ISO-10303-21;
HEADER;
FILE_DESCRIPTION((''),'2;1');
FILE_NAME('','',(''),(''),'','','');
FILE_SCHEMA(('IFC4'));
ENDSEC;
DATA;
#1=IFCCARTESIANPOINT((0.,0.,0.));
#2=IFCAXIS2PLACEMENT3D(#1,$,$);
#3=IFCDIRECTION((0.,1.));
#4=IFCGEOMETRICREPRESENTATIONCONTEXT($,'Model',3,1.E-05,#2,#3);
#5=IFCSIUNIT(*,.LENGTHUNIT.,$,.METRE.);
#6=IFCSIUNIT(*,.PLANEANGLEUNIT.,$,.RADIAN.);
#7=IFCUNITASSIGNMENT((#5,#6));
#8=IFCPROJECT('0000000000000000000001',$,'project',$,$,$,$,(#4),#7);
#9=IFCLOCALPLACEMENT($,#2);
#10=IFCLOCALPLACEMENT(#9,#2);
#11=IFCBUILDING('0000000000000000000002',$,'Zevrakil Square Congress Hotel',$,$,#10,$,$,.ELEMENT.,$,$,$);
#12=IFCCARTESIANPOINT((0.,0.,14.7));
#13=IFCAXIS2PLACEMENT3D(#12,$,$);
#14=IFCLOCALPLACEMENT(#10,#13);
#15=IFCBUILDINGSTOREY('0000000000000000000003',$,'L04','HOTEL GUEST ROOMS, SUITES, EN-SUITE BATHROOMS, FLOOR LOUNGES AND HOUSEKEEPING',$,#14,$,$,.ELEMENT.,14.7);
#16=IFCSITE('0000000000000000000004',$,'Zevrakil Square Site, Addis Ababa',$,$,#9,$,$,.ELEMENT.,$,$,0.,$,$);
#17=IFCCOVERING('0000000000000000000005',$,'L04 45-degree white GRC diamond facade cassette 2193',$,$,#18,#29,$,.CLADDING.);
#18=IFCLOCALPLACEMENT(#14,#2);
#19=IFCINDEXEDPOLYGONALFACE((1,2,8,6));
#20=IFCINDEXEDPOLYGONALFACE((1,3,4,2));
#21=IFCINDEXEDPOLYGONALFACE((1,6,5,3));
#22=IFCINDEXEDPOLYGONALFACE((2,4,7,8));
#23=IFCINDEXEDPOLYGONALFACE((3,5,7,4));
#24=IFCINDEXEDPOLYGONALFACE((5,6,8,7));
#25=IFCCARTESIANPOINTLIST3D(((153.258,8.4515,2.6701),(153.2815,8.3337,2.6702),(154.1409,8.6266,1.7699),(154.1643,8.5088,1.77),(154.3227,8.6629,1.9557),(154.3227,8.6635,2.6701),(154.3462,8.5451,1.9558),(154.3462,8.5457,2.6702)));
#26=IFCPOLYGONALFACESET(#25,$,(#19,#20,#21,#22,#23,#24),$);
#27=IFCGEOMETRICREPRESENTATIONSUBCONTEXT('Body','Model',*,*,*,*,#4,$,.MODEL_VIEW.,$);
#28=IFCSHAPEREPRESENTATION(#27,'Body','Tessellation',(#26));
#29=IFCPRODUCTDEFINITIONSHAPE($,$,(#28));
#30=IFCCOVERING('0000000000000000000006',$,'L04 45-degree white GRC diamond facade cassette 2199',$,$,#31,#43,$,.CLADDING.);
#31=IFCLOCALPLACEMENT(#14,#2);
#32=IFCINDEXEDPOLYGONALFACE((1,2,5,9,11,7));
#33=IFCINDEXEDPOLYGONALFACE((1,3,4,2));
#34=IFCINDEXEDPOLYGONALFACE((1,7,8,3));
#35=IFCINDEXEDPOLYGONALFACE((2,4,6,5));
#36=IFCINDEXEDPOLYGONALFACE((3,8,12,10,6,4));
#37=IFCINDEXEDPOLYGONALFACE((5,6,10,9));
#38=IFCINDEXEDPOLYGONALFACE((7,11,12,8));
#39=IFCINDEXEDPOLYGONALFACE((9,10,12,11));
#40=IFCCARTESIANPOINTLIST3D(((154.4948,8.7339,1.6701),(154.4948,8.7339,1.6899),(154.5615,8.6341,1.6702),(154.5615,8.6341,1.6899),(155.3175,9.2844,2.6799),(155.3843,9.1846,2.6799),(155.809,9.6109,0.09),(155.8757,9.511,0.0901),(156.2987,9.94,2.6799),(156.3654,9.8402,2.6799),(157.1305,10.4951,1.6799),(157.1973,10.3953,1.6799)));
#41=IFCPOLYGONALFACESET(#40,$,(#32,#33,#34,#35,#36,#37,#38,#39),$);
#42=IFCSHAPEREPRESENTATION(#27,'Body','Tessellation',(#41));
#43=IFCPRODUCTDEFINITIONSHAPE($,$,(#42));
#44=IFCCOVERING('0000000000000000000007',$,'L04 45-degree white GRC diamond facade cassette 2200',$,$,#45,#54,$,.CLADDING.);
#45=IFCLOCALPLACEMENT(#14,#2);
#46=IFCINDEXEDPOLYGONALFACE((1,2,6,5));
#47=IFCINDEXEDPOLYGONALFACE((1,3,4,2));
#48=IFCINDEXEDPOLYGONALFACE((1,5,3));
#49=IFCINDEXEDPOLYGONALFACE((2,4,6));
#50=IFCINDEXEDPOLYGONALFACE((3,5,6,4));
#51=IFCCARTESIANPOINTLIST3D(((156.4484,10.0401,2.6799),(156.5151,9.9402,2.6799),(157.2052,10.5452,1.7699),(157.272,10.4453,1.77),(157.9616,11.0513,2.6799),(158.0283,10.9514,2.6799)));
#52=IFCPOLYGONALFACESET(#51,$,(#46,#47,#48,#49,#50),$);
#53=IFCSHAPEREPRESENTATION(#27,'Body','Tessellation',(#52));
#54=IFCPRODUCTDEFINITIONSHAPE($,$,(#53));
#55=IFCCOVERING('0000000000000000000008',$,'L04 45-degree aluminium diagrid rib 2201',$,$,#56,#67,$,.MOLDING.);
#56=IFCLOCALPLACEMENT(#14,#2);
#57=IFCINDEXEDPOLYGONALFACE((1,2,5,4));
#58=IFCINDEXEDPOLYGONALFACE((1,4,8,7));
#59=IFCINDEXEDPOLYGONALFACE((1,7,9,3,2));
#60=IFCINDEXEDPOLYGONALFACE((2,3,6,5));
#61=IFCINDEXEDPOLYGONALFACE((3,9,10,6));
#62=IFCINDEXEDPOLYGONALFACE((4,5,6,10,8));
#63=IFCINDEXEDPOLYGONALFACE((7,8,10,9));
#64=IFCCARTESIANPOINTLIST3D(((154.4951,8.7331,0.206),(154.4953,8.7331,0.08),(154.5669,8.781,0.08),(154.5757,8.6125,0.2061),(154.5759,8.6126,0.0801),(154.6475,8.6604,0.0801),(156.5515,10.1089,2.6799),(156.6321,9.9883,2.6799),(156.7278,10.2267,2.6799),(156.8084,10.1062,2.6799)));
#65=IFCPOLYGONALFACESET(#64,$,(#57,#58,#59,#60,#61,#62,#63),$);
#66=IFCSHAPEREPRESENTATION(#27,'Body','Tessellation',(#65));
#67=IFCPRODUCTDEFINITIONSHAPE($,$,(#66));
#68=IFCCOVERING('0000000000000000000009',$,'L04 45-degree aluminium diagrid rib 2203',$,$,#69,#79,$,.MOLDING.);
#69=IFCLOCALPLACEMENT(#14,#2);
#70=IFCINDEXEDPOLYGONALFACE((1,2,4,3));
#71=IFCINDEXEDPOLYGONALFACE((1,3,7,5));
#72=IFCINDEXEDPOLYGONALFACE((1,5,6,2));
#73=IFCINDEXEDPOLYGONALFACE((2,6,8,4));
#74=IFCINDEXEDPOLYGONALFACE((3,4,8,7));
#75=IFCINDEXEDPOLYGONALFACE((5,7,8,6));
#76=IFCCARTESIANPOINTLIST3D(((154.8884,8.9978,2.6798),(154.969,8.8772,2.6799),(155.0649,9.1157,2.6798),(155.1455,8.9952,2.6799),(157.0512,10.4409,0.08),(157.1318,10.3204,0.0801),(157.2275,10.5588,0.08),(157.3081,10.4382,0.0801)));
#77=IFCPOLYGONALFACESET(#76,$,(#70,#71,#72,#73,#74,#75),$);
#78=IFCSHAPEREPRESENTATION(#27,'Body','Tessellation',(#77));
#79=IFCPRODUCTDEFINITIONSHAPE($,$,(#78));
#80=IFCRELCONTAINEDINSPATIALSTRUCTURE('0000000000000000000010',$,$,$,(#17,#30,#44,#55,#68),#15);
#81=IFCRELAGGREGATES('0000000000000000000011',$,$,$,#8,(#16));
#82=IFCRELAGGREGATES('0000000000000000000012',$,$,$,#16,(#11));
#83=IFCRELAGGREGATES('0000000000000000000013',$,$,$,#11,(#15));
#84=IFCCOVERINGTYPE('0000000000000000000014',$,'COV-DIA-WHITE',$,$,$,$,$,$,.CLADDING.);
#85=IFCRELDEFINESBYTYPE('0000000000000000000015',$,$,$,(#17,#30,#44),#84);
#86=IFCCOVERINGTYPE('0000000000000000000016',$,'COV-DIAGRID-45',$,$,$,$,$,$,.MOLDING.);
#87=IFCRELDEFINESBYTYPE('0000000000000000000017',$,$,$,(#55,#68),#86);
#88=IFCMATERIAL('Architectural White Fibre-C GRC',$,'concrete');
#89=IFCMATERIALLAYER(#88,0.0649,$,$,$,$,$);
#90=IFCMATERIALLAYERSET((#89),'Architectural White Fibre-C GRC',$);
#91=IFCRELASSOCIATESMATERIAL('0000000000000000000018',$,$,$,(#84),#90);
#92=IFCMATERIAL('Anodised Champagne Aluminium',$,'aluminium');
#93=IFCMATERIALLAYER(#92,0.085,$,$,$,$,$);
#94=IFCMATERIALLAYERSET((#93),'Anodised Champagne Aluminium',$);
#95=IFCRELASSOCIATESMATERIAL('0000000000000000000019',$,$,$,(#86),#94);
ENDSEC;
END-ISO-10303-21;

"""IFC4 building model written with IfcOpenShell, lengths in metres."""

from ifc_helpers import new_model, si_unit, direction, frame, origin, place, context, subcontext, project, spatial, polyline, outline, extrude, material, layer, layer_set, type_object, element, save


model = new_model("IFC4")

# Units and contexts
model_context = context("Model", 3, precision=1e-05, world=origin(), true_north=direction((0.0, 1.0)))
body_context = subcontext(model_context, "Body", "Model", "MODEL_VIEW")
ifc_project = project(units=[si_unit("LENGTHUNIT", "METRE"), si_unit("PLANEANGLEUNIT", "RADIAN")], contexts=[model_context])

# Site, building, storey
site_placement = place(None, origin())
site = spatial("IfcSite", under=ifc_project, at=site_placement, Name="Zevrakil Square Site, Addis Ababa", CompositionType="ELEMENT", RefElevation=0.0)
building_placement = place(site_placement, origin())
building = spatial("IfcBuilding", under=site, at=building_placement, Name="Zevrakil Square Congress Hotel", CompositionType="ELEMENT")
storey_placement = place(building_placement, frame((0.0, 0.0, 14.7)))
storey = spatial("IfcBuildingStorey", under=building, at=storey_placement, Name="L04", Description="HOTEL GUEST ROOMS, SUITES, EN-SUITE BATHROOMS, FLOOR LOUNGES AND HOUSEKEEPING", CompositionType="ELEMENT", Elevation=14.7)

# Coverings
ifc_material_1 = material(Name="Architectural White Fibre-C GRC", Category="concrete")
ifc_layer_1 = layer(ifc_material_1, 0.0649)
ifc_layer_set_1 = layer_set([ifc_layer_1], Name="Architectural White Fibre-C GRC")
covering_type_1 = type_object("IfcCoveringType", Name="COV-DIA-WHITE", PredefinedType="CLADDING", material=ifc_layer_set_1)
covering_1_placement = place(storey_placement, frame((154.1643, 8.5088, 1.77), z_axis=(0.195238, -0.980756, 0.000717), x_axis=(-0.693541, -0.137546, 0.707164)))
element("IfcCovering", 1, at=covering_1_placement, inside=storey, type_object=covering_type_1, Name="L04 45-degree white GRC diamond facade cassette 2193", PredefinedType="CLADDING", context=body_context, shape_type="SweptSolid", body=[
    extrude(outline(polyline([(0.0, 0.0), (1.2729, 0.0), (0.5053, -0.7677), (0.0002, -0.2625), (0.0, 0.0)])), origin(), (0.0, 0.0, -1.0), 0.1201),
])
covering_2_placement = place(storey_placement, frame((157.1973, 10.3953, 1.6799), z_axis=(0.555578, -0.831464, 0.000608), x_axis=(-0.587741, -0.393242, -0.707051)))
element("IfcCovering", 2, at=covering_2_placement, inside=storey, type_object=covering_type_1, Name="L04 45-degree white GRC diamond facade cassette 2199", PredefinedType="CLADDING", context=body_context, shape_type="SweptSolid", body=[
    extrude(outline(polyline([(0.0, 0.0), (2.2486, 0.0), (2.2486, -2.2345), (2.2346, -2.2485), (0.8346, -2.2486), (0.0001, -1.4142), (0.0, 0.0)])), origin(), (0.0, 0.0, -1.0), 0.1201),
])
covering_3_placement = place(storey_placement, frame((157.272, 10.4453, 1.77), z_axis=(0.555628, -0.83143, 0.000595), x_axis=(-0.588146, -0.39254, 0.707104)))
element("IfcCovering", 3, at=covering_3_placement, inside=storey, type_object=covering_type_1, Name="L04 45-degree white GRC diamond facade cassette 2200", PredefinedType="CLADDING", context=body_context, shape_type="SweptSolid", body=[
    extrude(outline(polyline([(0.0, 0.0), (1.2868, 0.0), (-0.0001, -1.2869), (0.0, 0.0)])), origin(), (0.0, 0.0, -1.0), 0.1201),
])
ifc_material_2 = material(Name="Anodised Champagne Aluminium", Category="aluminium")
ifc_layer_2 = layer(ifc_material_2, 0.085)
ifc_layer_set_2 = layer_set([ifc_layer_2], Name="Anodised Champagne Aluminium")
covering_type_2 = type_object("IfcCoveringType", Name="COV-DIAGRID-45", PredefinedType="MOLDING", material=ifc_layer_set_2)
covering_4_placement = place(storey_placement, frame((154.6475, 8.6604, 0.0801), z_axis=(0.555771, -0.831335, 0.000363), x_axis=(-0.831335, -0.555771, 0.0)))
element("IfcCovering", 4, at=covering_4_placement, inside=storey, type_object=covering_type_2, Name="L04 45-degree aluminium diagrid rib 2201", PredefinedType="MOLDING", context=body_context, shape_type="SweptSolid", body=[
    extrude(outline(polyline([(0.0, 0.0), (0.0861, 0.0), (0.0863, -0.126), (-2.3879, -2.5999), (-2.6, -2.5999), (0.0, 0.0)])), origin(), (0.0, 0.0, -1.0), 0.145),
])
covering_5_placement = place(storey_placement, frame((154.969, 8.8772, 2.6799), z_axis=(0.555762, -0.831341, 0.00086), x_axis=(0.831342, 0.555762, 0.0)))
element("IfcCovering", 5, at=covering_5_placement, inside=storey, type_object=covering_type_2, Name="L04 45-degree aluminium diagrid rib 2203", PredefinedType="MOLDING", context=body_context, shape_type="SweptSolid", body=[
    extrude(outline(polyline([(0.0, 0.0), (0.2123, 0.0), (2.8122, -2.5999), (2.6001, -2.5999), (0.0, 0.0)])), origin(), (0.0, 0.0, -1.0), 0.145),
])

save(model, "model.ifc")
